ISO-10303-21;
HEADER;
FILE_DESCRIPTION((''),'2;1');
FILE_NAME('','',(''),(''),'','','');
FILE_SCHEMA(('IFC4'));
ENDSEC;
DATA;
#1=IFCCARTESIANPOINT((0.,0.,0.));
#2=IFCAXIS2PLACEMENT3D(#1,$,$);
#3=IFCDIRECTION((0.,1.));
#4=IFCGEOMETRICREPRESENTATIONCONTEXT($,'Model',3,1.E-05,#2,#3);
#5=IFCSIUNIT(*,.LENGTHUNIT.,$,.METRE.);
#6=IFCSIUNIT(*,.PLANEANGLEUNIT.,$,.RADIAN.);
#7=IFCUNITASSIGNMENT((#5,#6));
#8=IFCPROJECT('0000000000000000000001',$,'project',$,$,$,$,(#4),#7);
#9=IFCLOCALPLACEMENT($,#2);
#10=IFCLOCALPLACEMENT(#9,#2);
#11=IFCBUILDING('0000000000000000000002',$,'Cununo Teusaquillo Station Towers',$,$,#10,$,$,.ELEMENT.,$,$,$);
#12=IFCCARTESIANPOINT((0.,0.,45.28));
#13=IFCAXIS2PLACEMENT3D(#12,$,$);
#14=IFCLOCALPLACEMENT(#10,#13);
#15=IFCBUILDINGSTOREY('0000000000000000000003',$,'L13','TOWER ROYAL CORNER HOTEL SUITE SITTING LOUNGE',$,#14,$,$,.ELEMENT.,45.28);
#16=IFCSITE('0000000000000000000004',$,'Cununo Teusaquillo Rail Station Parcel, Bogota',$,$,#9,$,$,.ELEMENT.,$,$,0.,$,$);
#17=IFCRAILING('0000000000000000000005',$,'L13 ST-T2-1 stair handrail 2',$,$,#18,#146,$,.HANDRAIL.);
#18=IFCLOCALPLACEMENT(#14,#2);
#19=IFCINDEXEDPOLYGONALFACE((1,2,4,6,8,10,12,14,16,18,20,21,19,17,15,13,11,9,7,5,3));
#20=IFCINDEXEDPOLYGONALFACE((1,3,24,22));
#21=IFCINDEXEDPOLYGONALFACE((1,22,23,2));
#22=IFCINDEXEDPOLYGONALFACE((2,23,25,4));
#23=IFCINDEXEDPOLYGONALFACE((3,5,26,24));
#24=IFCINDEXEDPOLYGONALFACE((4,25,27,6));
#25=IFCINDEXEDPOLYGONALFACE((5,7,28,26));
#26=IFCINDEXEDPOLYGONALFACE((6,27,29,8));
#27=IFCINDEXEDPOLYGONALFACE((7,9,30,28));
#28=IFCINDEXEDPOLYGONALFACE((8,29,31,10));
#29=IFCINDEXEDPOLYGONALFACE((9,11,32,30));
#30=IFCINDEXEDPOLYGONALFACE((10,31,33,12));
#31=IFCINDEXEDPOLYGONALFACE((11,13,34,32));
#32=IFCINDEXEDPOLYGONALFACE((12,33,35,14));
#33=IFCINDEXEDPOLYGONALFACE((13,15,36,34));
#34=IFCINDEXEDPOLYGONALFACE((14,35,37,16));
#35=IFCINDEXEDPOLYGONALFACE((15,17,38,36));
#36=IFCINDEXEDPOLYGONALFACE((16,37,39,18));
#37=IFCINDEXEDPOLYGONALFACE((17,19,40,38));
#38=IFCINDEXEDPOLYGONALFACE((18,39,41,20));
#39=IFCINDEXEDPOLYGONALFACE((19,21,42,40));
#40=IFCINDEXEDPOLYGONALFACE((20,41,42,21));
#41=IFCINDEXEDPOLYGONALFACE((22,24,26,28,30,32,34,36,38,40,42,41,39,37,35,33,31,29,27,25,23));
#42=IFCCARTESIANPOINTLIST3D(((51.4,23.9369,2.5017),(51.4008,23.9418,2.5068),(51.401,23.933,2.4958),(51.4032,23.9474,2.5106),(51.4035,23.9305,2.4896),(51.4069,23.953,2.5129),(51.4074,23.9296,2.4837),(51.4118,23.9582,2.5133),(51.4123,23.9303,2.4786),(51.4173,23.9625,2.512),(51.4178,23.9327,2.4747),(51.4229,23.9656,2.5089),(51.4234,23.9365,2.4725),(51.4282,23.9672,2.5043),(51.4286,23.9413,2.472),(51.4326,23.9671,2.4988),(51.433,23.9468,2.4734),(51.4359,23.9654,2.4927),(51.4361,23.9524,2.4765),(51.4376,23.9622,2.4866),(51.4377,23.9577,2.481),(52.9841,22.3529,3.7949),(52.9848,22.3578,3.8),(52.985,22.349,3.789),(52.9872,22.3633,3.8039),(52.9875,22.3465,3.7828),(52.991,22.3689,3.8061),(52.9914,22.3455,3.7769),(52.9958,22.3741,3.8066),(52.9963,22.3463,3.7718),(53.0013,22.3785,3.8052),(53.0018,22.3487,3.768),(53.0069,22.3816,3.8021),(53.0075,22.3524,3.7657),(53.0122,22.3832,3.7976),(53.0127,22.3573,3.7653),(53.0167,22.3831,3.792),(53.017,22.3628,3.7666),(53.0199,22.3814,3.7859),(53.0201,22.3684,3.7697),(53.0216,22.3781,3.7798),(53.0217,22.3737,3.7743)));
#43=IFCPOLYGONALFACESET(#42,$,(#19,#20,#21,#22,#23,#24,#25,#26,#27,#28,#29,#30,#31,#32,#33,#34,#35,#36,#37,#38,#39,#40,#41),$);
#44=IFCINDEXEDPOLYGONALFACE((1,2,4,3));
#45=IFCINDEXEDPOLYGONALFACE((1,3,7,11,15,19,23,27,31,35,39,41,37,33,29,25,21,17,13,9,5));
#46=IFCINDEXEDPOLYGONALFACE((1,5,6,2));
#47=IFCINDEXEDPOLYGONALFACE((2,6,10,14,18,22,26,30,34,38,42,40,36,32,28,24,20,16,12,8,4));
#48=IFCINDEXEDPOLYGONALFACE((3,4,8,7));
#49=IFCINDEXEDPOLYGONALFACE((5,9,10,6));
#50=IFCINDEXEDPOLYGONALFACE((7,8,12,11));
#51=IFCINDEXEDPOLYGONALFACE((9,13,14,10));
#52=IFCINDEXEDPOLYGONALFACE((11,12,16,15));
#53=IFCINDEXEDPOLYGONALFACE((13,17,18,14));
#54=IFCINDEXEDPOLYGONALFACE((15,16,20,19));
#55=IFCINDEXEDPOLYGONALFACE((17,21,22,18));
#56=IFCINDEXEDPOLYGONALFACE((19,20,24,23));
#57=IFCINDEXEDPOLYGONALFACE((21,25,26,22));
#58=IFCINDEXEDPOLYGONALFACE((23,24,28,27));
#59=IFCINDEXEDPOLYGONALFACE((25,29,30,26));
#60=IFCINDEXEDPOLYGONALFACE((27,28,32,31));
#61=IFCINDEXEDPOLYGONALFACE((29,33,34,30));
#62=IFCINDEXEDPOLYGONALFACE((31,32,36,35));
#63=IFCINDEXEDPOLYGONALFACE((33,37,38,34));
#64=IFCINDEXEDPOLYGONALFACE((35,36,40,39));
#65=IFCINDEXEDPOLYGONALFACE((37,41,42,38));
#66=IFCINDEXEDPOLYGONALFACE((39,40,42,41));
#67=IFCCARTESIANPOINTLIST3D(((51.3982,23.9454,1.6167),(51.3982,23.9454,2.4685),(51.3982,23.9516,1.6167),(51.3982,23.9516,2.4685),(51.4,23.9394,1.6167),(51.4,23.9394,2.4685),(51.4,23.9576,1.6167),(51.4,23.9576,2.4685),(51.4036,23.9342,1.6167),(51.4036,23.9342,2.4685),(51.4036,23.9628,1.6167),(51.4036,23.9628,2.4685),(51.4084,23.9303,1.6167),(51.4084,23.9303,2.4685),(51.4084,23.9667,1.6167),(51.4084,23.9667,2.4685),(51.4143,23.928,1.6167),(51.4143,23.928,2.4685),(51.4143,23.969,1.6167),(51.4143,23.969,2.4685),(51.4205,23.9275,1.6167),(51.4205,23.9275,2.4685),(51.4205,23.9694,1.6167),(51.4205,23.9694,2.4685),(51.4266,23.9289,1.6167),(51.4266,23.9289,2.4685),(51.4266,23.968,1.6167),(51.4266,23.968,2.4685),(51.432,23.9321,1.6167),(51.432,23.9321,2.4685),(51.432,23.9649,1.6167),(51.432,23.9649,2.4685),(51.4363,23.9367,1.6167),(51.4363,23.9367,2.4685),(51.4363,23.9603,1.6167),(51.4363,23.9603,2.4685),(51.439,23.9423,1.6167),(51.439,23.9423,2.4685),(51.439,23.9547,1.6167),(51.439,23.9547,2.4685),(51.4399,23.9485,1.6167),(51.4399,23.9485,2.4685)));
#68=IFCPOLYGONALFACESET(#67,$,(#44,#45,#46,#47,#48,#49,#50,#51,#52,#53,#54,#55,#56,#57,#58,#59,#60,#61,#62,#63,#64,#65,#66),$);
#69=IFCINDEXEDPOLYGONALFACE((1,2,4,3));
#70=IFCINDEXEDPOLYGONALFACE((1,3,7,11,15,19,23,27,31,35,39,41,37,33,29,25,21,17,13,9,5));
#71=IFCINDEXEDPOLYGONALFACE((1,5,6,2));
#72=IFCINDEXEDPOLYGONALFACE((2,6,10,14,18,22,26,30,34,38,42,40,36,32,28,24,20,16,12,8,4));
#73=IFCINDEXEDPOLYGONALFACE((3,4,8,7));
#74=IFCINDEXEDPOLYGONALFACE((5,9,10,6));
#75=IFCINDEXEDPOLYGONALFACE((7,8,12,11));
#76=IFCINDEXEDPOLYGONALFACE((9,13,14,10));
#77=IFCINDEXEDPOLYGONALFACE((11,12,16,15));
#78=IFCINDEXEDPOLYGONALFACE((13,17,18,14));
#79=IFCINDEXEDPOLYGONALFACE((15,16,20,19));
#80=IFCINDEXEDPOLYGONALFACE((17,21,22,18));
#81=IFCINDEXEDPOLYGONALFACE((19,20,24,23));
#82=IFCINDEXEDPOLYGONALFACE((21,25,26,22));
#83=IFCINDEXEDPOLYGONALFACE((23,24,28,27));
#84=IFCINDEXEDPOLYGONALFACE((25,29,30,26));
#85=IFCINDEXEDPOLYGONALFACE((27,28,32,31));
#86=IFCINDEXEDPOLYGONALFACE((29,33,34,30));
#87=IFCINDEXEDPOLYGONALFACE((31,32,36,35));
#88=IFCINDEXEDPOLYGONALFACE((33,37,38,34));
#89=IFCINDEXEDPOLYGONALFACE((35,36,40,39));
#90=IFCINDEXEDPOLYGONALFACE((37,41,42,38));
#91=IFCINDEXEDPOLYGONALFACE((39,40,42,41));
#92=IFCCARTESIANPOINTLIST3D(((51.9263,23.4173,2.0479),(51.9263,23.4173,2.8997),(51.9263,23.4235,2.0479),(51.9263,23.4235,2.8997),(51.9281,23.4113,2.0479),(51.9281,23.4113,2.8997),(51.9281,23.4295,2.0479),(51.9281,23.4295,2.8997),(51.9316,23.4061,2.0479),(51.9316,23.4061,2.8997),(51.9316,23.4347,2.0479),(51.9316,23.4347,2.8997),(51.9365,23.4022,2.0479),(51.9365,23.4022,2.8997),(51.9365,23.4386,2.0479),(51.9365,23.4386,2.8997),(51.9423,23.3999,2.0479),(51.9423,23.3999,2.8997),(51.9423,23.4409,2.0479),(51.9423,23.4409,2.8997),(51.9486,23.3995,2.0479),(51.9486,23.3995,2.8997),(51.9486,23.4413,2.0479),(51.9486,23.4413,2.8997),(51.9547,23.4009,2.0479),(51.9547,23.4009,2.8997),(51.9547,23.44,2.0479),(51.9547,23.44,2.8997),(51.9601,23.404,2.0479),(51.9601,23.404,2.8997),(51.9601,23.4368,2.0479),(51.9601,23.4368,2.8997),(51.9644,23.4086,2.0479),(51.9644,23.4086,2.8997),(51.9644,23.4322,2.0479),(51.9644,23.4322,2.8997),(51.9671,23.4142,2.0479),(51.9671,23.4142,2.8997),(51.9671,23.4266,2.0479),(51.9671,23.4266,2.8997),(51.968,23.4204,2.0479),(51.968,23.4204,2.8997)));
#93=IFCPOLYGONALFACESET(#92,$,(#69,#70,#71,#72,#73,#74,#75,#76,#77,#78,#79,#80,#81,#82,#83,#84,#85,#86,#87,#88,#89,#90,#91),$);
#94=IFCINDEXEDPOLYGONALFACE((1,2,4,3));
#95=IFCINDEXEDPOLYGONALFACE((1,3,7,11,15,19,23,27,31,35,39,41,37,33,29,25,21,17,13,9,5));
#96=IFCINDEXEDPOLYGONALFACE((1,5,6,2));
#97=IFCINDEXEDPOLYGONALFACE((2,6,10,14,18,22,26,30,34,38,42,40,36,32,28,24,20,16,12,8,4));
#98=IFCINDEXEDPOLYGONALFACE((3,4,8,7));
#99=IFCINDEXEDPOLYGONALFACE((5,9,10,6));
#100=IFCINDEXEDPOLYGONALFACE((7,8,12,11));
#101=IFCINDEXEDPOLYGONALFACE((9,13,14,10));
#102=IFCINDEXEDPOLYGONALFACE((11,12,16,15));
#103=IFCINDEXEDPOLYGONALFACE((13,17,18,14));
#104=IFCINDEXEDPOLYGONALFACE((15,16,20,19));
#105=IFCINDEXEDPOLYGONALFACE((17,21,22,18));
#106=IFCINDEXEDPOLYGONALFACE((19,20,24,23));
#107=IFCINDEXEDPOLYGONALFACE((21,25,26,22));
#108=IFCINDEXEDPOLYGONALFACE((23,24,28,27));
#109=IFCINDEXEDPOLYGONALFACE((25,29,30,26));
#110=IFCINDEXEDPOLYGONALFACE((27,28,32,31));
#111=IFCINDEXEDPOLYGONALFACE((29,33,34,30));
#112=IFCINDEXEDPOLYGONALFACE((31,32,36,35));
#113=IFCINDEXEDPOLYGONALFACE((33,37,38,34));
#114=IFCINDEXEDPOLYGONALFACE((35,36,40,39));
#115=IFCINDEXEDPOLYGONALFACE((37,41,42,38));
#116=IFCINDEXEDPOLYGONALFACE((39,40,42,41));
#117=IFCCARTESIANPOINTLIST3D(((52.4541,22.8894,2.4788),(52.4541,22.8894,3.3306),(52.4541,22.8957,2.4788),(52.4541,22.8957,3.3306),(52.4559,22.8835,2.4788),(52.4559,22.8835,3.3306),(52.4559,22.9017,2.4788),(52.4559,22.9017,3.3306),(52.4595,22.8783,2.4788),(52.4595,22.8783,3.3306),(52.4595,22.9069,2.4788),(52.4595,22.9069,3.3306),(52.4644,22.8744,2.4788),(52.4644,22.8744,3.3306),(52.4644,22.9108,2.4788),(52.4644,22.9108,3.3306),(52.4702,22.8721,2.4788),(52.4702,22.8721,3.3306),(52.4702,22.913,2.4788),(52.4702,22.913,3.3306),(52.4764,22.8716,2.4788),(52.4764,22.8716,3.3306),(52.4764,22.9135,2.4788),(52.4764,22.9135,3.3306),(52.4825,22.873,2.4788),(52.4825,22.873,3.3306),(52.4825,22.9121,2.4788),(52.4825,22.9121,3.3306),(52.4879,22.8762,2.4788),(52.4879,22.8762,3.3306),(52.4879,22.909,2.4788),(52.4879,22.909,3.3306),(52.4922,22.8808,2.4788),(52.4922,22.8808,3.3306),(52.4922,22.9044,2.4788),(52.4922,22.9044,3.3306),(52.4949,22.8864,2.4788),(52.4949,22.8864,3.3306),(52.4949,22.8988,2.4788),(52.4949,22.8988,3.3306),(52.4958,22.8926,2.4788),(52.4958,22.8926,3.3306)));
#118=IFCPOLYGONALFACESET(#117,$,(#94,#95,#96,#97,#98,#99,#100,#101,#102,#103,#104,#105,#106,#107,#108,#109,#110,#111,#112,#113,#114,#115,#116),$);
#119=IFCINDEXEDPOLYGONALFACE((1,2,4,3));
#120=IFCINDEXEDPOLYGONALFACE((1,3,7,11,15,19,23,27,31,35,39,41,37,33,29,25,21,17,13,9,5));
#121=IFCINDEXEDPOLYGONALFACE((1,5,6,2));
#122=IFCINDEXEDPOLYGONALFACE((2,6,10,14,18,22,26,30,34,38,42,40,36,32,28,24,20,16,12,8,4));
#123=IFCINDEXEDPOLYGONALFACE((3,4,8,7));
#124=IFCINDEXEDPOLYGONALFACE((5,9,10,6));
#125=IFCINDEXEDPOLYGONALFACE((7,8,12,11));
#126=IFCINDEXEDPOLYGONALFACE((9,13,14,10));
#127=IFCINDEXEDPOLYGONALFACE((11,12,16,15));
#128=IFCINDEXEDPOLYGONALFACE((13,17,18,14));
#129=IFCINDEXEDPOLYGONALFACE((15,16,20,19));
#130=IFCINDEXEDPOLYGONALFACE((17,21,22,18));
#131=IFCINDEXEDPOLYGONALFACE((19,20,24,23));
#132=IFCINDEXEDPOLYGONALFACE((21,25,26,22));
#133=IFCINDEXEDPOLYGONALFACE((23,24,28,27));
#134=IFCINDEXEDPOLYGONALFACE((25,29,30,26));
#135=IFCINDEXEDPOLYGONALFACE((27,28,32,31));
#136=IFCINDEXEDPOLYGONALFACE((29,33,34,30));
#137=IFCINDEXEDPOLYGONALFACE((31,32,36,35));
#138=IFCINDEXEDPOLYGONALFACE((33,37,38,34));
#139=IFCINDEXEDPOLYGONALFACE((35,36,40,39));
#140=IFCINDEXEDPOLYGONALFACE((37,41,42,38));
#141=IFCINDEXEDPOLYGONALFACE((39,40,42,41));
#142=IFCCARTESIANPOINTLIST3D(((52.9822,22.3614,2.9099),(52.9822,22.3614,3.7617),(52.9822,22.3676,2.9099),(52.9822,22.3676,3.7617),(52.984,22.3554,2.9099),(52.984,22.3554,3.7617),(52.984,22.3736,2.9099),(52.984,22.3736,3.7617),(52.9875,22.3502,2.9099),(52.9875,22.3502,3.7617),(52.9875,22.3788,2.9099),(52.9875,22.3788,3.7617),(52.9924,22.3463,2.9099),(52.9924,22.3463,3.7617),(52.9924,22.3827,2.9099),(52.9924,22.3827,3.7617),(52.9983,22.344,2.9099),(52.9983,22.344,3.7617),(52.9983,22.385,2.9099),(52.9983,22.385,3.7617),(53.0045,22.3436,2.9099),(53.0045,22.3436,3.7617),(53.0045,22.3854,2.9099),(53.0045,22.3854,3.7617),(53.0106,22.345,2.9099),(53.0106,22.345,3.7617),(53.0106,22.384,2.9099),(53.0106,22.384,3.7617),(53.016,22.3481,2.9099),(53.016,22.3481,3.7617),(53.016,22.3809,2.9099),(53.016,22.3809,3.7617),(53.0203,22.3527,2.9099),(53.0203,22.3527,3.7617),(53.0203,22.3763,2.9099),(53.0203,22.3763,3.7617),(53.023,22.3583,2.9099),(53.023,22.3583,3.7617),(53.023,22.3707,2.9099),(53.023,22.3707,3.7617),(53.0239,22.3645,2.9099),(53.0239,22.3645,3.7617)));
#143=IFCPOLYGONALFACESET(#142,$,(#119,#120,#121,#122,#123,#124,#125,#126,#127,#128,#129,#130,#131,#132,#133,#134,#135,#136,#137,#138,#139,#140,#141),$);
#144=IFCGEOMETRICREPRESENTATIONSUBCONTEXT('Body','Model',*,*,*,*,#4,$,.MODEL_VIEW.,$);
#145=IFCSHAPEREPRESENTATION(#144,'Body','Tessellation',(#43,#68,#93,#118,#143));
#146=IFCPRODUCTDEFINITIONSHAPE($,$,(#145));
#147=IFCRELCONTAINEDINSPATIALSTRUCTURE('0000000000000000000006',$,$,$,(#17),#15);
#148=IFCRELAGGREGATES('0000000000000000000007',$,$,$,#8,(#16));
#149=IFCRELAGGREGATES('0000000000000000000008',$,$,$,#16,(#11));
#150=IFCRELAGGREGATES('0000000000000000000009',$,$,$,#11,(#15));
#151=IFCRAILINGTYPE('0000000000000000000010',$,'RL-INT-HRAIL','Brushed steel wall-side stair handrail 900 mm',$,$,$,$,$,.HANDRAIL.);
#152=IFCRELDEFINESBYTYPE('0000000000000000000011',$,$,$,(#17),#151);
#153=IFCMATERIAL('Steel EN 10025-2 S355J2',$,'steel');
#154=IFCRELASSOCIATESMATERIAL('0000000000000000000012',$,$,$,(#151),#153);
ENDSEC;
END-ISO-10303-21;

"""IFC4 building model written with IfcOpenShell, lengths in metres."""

from ifc_helpers import new_model, si_unit, direction, frame, origin, origin_2d, place, context, subcontext, project, spatial, circle, extrude, material, type_object, element, save


model = new_model("IFC4")

# Units and contexts
model_context = context("Model", 3, precision=1e-05, world=origin(), true_north=direction((0.0, 1.0)))
body_context = subcontext(model_context, "Body", "Model", "MODEL_VIEW")
ifc_project = project(units=[si_unit("LENGTHUNIT", "METRE"), si_unit("PLANEANGLEUNIT", "RADIAN")], contexts=[model_context])

# Site, building, storey
site_placement = place(None, origin())
site = spatial("IfcSite", under=ifc_project, at=site_placement, Name="Cununo Teusaquillo Rail Station Parcel, Bogota", CompositionType="ELEMENT", RefElevation=0.0)
building_placement = place(site_placement, origin())
building = spatial("IfcBuilding", under=site, at=building_placement, Name="Cununo Teusaquillo Station Towers", CompositionType="ELEMENT")
storey_placement = place(building_placement, frame((0.0, 0.0, 45.28)))
storey = spatial("IfcBuildingStorey", under=building, at=storey_placement, Name="L13", Description="TOWER ROYAL CORNER HOTEL SUITE SITTING LOUNGE", CompositionType="ELEMENT", Elevation=45.28)

# Railing
ifc_material_1 = material(Name="Steel EN 10025-2 S355J2", Category="steel")
railing_type = type_object("IfcRailingType", Name="RL-INT-HRAIL", Description="Brushed steel wall-side stair handrail 900 mm", PredefinedType="HANDRAIL", material=ifc_material_1)
railing_placement = place(storey_placement, frame((51.4189, 23.9485, 1.6167)))
element("IfcRailing", 1, at=railing_placement, inside=storey, type_object=railing_type, Name="L13 ST-T2-1 stair handrail 2", PredefinedType="HANDRAIL", context=body_context, shape_type="SweptSolid", body=[
    extrude(circle(Radius=0.0239, at=origin_2d()), frame((0.0, 0.0, 0.876), z_axis=(0.612385, -0.612385, 0.49997), x_axis=(0.707107, 0.707107, 0.0)), (0.0, 0.0, 1.0), 2.5867),
    extrude(circle(Radius=0.021, at=origin_2d()), origin(), (0.0, 0.0, 1.0), 0.8518),
    extrude(circle(Radius=0.021, at=origin_2d()), frame((0.5281, -0.5281, 0.4312)), (0.0, 0.0, 1.0), 0.8518),
    extrude(circle(Radius=0.021, at=origin_2d()), frame((1.0559, -1.0559, 0.8621)), (0.0, 0.0, 1.0), 0.8518),
    extrude(circle(Radius=0.021, at=origin_2d()), frame((1.584, -1.584, 1.2932)), (0.0, 0.0, 1.0), 0.8518),
])

save(model, "model.ifc")
